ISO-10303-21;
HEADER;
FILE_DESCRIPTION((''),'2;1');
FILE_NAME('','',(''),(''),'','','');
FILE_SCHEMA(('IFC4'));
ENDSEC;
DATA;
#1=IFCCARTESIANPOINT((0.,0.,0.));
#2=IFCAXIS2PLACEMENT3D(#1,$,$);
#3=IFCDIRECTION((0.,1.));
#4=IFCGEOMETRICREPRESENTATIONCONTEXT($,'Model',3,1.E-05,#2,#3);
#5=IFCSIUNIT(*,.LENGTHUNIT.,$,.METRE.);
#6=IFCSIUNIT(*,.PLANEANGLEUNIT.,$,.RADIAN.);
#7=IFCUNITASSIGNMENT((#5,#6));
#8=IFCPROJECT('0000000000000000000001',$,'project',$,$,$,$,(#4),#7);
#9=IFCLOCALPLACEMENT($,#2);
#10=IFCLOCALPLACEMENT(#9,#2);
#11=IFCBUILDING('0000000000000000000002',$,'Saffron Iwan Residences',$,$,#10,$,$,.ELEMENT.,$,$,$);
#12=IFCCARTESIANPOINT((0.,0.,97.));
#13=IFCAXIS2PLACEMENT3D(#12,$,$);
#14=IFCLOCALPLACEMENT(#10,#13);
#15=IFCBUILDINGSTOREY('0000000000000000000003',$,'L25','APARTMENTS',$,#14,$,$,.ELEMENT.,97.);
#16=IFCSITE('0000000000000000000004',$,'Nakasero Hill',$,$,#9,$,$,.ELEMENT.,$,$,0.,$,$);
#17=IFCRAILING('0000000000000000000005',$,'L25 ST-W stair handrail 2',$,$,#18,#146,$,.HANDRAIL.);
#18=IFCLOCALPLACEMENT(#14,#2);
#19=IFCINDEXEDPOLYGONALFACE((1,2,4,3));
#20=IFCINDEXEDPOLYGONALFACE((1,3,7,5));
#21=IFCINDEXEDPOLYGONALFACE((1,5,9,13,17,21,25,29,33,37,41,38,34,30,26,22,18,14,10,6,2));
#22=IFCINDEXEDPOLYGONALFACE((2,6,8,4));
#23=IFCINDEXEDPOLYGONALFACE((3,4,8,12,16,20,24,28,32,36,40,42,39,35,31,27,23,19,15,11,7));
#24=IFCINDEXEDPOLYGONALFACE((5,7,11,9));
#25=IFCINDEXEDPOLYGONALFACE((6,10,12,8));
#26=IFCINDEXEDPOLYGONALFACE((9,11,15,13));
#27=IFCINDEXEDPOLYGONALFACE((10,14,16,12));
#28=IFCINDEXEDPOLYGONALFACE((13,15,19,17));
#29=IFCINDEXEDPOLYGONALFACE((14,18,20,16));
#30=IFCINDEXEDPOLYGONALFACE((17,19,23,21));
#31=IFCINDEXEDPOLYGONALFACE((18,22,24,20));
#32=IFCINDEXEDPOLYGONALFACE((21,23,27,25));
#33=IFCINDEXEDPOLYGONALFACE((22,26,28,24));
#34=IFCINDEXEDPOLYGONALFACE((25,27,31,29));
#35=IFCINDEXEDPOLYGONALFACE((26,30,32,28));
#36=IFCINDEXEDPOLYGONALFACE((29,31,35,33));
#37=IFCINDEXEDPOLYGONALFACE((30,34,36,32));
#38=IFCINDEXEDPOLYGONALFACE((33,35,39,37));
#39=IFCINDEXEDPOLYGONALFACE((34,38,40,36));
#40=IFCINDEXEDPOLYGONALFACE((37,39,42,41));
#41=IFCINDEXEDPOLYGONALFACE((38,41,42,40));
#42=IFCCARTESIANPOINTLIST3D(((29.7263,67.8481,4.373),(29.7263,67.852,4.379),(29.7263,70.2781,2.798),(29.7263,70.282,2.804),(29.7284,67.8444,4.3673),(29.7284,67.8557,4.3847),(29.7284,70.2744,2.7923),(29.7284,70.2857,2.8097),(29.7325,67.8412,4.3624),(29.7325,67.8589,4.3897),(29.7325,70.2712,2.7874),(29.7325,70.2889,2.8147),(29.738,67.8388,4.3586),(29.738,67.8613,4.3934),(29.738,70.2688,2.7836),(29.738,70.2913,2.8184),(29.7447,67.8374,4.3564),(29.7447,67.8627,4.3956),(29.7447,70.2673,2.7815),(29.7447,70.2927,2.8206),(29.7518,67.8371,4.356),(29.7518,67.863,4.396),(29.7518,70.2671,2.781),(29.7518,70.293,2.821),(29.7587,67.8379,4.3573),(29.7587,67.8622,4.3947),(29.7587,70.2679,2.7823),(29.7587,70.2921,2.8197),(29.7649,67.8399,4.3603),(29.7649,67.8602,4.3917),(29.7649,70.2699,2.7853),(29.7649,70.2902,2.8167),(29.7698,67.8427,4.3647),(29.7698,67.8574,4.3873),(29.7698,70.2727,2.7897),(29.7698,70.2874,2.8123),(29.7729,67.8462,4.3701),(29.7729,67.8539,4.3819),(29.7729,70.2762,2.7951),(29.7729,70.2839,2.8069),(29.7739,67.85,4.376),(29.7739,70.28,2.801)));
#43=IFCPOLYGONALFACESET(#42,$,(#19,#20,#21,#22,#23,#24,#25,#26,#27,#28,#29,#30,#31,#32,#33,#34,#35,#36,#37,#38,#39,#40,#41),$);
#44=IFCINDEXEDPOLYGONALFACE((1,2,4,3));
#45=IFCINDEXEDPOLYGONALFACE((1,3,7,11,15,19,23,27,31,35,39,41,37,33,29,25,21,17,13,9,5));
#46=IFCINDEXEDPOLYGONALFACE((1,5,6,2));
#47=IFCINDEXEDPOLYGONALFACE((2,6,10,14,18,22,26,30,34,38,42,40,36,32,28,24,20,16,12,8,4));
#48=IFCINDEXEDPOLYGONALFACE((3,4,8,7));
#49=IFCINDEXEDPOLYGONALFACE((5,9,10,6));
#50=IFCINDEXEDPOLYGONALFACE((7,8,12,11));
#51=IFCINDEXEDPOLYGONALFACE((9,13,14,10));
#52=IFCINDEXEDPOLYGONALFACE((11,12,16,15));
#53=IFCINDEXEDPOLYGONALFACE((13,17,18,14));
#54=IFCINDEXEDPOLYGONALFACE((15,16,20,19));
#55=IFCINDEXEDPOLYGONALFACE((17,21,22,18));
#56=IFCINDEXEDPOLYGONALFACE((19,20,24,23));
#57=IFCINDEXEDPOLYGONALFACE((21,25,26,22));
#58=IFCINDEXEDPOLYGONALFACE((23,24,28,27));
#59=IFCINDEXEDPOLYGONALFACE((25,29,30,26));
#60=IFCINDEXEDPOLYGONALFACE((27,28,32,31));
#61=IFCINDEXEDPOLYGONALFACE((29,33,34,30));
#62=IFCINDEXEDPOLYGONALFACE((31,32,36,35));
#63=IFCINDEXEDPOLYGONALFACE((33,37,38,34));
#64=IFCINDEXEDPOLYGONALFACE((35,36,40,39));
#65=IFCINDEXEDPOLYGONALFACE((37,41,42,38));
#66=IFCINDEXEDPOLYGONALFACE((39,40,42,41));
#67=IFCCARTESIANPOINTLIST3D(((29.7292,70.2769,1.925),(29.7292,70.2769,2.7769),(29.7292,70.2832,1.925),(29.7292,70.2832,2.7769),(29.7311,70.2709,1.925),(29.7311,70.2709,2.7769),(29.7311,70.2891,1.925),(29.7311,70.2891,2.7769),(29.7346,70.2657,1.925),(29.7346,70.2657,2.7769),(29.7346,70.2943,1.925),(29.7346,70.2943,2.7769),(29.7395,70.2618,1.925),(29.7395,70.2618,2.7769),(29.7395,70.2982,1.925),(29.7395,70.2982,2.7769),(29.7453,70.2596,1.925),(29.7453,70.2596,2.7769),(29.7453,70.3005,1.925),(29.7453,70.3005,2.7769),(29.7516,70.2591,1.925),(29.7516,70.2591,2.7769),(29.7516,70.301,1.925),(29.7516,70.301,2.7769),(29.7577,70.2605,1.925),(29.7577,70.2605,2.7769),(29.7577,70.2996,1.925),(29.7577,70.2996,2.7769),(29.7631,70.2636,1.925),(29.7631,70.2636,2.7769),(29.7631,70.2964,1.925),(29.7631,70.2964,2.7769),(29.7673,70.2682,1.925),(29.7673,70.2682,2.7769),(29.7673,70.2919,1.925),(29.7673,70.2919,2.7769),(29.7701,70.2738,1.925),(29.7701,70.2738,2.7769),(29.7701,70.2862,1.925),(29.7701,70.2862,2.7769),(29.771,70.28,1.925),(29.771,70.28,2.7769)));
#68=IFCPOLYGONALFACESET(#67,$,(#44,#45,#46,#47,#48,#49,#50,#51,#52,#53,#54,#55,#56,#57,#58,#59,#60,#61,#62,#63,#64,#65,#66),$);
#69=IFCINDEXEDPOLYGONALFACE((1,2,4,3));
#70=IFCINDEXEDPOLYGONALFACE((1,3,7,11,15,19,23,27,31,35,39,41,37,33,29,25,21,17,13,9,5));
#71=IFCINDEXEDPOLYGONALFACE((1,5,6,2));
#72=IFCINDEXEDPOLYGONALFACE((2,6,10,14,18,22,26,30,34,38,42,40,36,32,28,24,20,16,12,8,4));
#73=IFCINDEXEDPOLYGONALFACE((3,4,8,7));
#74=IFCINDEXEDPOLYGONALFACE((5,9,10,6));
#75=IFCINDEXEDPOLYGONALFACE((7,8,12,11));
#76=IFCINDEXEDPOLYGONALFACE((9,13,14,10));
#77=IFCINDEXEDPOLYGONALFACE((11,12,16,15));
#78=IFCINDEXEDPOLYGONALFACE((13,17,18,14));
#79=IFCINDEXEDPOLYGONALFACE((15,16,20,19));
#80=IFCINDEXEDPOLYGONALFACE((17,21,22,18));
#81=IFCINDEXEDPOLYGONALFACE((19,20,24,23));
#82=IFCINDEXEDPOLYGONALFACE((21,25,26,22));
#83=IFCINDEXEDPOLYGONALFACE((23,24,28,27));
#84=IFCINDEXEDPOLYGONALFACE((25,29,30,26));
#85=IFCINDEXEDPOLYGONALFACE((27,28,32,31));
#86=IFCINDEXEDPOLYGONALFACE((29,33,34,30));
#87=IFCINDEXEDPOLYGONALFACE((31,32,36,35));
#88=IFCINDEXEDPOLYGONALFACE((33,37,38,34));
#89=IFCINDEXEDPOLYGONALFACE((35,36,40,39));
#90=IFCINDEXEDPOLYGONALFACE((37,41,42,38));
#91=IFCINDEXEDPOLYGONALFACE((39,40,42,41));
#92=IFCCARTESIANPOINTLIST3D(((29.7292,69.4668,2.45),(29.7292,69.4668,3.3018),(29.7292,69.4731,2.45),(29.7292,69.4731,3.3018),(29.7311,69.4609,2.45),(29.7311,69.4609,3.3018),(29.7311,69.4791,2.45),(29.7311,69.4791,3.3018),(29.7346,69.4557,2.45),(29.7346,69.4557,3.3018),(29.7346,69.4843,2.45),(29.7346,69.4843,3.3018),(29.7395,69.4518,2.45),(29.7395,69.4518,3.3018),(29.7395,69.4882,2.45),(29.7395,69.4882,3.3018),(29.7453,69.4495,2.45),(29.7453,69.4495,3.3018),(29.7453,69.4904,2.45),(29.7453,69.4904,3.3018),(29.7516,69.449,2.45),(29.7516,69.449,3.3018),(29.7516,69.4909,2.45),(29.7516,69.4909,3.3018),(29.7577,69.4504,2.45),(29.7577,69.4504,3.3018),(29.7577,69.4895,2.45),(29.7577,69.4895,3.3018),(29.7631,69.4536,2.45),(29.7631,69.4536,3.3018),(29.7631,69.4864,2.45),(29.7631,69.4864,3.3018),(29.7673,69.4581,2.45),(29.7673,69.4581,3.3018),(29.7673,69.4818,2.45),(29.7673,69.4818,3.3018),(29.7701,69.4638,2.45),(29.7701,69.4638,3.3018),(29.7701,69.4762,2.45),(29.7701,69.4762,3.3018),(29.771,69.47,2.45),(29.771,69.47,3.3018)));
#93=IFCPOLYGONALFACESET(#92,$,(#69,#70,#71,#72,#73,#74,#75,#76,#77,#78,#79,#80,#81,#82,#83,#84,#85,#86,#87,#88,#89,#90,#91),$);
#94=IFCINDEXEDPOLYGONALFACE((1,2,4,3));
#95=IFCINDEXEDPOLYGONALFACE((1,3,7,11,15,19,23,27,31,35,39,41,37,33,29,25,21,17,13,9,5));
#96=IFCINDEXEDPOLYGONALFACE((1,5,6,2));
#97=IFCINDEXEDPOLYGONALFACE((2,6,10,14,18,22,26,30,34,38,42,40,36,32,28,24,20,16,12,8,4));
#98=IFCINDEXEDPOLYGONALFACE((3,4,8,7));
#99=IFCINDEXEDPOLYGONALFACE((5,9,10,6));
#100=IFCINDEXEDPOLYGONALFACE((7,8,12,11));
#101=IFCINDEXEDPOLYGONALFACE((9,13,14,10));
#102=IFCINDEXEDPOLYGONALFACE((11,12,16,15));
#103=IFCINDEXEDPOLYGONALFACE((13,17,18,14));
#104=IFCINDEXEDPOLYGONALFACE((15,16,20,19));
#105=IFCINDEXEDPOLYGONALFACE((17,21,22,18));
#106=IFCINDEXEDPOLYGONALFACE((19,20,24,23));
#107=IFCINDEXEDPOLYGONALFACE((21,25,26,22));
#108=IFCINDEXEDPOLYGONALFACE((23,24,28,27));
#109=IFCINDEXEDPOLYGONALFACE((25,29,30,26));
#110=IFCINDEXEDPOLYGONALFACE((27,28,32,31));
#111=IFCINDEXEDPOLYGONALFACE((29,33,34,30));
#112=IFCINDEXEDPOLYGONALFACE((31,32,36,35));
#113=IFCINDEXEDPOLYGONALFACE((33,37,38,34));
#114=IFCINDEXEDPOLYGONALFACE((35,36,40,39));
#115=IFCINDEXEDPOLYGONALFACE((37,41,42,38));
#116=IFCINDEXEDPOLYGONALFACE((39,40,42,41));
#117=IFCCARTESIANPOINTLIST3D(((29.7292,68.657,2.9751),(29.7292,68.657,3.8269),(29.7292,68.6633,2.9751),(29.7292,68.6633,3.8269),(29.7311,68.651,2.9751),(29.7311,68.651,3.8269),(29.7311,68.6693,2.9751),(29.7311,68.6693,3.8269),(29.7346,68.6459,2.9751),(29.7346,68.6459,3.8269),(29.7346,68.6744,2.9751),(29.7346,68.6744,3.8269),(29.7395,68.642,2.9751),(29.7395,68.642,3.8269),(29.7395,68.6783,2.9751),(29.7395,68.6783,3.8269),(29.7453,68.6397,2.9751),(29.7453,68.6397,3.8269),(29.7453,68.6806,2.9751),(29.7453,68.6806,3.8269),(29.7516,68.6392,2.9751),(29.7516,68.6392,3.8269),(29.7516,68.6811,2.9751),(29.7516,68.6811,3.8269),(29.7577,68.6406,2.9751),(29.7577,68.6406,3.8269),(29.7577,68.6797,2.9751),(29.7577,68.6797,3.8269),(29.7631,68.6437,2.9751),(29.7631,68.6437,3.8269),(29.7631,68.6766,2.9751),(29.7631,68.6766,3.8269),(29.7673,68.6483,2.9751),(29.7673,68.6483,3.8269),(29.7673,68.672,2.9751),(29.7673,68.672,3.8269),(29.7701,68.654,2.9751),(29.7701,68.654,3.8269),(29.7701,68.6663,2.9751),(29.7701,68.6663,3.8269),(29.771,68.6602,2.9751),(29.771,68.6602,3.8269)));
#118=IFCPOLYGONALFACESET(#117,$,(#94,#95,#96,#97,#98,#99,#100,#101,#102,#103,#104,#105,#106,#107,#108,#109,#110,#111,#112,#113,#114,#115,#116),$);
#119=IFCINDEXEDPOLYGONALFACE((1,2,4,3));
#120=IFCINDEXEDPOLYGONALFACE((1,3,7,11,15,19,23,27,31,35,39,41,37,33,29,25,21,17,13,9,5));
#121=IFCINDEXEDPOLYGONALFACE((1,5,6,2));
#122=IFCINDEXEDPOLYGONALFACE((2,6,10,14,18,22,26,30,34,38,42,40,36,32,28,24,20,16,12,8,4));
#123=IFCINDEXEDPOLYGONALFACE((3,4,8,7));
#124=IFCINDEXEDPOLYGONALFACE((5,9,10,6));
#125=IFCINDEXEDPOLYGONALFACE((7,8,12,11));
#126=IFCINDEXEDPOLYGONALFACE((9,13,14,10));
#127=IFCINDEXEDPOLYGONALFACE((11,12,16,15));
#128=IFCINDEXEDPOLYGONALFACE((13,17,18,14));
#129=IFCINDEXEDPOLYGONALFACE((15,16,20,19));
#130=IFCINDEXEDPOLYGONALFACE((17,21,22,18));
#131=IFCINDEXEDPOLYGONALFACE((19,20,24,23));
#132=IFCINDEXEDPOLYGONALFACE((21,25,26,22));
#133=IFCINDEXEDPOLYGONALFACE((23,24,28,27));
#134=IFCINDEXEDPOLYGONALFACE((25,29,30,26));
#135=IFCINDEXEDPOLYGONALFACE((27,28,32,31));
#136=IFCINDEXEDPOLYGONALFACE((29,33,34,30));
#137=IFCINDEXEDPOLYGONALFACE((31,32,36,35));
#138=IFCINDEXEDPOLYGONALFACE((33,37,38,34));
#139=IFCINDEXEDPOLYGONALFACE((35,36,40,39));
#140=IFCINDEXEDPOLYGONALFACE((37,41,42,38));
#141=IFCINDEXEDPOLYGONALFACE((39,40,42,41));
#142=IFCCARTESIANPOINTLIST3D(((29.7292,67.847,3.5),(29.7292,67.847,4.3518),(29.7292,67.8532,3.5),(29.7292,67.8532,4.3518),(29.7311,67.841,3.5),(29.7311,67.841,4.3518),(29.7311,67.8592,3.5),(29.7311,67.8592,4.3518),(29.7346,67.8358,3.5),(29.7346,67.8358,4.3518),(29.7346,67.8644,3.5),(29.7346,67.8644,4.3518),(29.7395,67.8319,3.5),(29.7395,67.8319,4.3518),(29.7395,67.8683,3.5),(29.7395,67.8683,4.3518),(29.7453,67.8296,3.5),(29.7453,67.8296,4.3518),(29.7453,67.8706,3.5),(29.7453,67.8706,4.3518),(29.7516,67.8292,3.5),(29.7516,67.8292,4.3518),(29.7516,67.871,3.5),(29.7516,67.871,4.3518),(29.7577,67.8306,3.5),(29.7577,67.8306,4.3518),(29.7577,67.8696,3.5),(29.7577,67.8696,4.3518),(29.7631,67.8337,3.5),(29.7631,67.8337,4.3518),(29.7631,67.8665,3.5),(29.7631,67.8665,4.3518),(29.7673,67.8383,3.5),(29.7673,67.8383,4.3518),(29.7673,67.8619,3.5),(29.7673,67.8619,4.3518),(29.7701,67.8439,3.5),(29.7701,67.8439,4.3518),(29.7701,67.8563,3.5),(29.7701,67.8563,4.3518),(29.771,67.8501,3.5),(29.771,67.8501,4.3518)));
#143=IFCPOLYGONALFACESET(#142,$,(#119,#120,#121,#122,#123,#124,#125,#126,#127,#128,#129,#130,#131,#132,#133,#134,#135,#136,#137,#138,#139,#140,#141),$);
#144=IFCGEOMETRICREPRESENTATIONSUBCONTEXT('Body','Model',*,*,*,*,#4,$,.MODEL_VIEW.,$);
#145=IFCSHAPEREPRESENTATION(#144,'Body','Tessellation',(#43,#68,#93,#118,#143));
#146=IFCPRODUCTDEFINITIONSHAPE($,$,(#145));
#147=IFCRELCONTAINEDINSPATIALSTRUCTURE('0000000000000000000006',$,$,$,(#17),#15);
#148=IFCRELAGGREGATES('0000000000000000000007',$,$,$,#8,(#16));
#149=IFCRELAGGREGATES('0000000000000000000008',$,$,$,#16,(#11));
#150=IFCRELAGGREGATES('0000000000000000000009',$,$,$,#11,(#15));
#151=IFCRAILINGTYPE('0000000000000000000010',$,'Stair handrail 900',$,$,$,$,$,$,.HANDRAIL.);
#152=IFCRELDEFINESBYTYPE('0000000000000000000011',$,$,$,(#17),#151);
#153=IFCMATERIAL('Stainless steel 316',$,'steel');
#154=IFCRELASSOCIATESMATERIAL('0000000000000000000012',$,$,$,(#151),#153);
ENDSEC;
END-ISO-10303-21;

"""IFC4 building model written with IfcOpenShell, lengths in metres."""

from ifc_helpers import new_model, si_unit, direction, frame, origin, origin_2d, place, context, subcontext, project, spatial, circle, extrude, material, type_object, element, save


model = new_model("IFC4")

# Units and contexts
model_context = context("Model", 3, precision=1e-05, world=origin(), true_north=direction((0.0, 1.0)))
body_context = subcontext(model_context, "Body", "Model", "MODEL_VIEW")
ifc_project = project(units=[si_unit("LENGTHUNIT", "METRE"), si_unit("PLANEANGLEUNIT", "RADIAN")], contexts=[model_context])

# Site, building, storey
site_placement = place(None, origin())
site = spatial("IfcSite", under=ifc_project, at=site_placement, Name="Nakasero Hill", CompositionType="ELEMENT", RefElevation=0.0)
building_placement = place(site_placement, origin())
building = spatial("IfcBuilding", under=site, at=building_placement, Name="Saffron Iwan Residences", CompositionType="ELEMENT")
storey_placement = place(building_placement, frame((0.0, 0.0, 97.0)))
storey = spatial("IfcBuildingStorey", under=building, at=storey_placement, Name="L25", Description="APARTMENTS", CompositionType="ELEMENT", Elevation=97.0)

# Railing
ifc_material_1 = material(Name="Stainless steel 316", Category="steel")
railing_type = type_object("IfcRailingType", Name="Stair handrail 900", PredefinedType="HANDRAIL", material=ifc_material_1)
railing_placement = place(storey_placement, frame((29.75, 70.28, 1.925)))
element("IfcRailing", 1, at=railing_placement, inside=storey, type_object=railing_type, Name="L25 ST-W stair handrail 2", PredefinedType="HANDRAIL", context=body_context, shape_type="SweptSolid", body=[
    extrude(circle(Radius=0.0239, at=origin_2d()), frame((0.0, 0.0, 0.876), z_axis=(0.0, -0.839154, 0.543894), x_axis=(1.0, 0.0, 0.0)), (0.0, 0.0, 1.0), 2.8958),
    extrude(circle(Radius=0.021, at=origin_2d()), origin(), (0.0, 0.0, 1.0), 0.8518),
    extrude(circle(Radius=0.021, at=origin_2d()), frame((0.0, -0.8101, 0.5249)), (0.0, 0.0, 1.0), 0.8518),
    extrude(circle(Radius=0.021, at=origin_2d()), frame((0.0, -1.6199, 1.05)), (0.0, 0.0, 1.0), 0.8518),
    extrude(circle(Radius=0.021, at=origin_2d()), frame((0.0, -2.4299, 1.575)), (0.0, 0.0, 1.0), 0.8518),
])

save(model, "model.ifc")
